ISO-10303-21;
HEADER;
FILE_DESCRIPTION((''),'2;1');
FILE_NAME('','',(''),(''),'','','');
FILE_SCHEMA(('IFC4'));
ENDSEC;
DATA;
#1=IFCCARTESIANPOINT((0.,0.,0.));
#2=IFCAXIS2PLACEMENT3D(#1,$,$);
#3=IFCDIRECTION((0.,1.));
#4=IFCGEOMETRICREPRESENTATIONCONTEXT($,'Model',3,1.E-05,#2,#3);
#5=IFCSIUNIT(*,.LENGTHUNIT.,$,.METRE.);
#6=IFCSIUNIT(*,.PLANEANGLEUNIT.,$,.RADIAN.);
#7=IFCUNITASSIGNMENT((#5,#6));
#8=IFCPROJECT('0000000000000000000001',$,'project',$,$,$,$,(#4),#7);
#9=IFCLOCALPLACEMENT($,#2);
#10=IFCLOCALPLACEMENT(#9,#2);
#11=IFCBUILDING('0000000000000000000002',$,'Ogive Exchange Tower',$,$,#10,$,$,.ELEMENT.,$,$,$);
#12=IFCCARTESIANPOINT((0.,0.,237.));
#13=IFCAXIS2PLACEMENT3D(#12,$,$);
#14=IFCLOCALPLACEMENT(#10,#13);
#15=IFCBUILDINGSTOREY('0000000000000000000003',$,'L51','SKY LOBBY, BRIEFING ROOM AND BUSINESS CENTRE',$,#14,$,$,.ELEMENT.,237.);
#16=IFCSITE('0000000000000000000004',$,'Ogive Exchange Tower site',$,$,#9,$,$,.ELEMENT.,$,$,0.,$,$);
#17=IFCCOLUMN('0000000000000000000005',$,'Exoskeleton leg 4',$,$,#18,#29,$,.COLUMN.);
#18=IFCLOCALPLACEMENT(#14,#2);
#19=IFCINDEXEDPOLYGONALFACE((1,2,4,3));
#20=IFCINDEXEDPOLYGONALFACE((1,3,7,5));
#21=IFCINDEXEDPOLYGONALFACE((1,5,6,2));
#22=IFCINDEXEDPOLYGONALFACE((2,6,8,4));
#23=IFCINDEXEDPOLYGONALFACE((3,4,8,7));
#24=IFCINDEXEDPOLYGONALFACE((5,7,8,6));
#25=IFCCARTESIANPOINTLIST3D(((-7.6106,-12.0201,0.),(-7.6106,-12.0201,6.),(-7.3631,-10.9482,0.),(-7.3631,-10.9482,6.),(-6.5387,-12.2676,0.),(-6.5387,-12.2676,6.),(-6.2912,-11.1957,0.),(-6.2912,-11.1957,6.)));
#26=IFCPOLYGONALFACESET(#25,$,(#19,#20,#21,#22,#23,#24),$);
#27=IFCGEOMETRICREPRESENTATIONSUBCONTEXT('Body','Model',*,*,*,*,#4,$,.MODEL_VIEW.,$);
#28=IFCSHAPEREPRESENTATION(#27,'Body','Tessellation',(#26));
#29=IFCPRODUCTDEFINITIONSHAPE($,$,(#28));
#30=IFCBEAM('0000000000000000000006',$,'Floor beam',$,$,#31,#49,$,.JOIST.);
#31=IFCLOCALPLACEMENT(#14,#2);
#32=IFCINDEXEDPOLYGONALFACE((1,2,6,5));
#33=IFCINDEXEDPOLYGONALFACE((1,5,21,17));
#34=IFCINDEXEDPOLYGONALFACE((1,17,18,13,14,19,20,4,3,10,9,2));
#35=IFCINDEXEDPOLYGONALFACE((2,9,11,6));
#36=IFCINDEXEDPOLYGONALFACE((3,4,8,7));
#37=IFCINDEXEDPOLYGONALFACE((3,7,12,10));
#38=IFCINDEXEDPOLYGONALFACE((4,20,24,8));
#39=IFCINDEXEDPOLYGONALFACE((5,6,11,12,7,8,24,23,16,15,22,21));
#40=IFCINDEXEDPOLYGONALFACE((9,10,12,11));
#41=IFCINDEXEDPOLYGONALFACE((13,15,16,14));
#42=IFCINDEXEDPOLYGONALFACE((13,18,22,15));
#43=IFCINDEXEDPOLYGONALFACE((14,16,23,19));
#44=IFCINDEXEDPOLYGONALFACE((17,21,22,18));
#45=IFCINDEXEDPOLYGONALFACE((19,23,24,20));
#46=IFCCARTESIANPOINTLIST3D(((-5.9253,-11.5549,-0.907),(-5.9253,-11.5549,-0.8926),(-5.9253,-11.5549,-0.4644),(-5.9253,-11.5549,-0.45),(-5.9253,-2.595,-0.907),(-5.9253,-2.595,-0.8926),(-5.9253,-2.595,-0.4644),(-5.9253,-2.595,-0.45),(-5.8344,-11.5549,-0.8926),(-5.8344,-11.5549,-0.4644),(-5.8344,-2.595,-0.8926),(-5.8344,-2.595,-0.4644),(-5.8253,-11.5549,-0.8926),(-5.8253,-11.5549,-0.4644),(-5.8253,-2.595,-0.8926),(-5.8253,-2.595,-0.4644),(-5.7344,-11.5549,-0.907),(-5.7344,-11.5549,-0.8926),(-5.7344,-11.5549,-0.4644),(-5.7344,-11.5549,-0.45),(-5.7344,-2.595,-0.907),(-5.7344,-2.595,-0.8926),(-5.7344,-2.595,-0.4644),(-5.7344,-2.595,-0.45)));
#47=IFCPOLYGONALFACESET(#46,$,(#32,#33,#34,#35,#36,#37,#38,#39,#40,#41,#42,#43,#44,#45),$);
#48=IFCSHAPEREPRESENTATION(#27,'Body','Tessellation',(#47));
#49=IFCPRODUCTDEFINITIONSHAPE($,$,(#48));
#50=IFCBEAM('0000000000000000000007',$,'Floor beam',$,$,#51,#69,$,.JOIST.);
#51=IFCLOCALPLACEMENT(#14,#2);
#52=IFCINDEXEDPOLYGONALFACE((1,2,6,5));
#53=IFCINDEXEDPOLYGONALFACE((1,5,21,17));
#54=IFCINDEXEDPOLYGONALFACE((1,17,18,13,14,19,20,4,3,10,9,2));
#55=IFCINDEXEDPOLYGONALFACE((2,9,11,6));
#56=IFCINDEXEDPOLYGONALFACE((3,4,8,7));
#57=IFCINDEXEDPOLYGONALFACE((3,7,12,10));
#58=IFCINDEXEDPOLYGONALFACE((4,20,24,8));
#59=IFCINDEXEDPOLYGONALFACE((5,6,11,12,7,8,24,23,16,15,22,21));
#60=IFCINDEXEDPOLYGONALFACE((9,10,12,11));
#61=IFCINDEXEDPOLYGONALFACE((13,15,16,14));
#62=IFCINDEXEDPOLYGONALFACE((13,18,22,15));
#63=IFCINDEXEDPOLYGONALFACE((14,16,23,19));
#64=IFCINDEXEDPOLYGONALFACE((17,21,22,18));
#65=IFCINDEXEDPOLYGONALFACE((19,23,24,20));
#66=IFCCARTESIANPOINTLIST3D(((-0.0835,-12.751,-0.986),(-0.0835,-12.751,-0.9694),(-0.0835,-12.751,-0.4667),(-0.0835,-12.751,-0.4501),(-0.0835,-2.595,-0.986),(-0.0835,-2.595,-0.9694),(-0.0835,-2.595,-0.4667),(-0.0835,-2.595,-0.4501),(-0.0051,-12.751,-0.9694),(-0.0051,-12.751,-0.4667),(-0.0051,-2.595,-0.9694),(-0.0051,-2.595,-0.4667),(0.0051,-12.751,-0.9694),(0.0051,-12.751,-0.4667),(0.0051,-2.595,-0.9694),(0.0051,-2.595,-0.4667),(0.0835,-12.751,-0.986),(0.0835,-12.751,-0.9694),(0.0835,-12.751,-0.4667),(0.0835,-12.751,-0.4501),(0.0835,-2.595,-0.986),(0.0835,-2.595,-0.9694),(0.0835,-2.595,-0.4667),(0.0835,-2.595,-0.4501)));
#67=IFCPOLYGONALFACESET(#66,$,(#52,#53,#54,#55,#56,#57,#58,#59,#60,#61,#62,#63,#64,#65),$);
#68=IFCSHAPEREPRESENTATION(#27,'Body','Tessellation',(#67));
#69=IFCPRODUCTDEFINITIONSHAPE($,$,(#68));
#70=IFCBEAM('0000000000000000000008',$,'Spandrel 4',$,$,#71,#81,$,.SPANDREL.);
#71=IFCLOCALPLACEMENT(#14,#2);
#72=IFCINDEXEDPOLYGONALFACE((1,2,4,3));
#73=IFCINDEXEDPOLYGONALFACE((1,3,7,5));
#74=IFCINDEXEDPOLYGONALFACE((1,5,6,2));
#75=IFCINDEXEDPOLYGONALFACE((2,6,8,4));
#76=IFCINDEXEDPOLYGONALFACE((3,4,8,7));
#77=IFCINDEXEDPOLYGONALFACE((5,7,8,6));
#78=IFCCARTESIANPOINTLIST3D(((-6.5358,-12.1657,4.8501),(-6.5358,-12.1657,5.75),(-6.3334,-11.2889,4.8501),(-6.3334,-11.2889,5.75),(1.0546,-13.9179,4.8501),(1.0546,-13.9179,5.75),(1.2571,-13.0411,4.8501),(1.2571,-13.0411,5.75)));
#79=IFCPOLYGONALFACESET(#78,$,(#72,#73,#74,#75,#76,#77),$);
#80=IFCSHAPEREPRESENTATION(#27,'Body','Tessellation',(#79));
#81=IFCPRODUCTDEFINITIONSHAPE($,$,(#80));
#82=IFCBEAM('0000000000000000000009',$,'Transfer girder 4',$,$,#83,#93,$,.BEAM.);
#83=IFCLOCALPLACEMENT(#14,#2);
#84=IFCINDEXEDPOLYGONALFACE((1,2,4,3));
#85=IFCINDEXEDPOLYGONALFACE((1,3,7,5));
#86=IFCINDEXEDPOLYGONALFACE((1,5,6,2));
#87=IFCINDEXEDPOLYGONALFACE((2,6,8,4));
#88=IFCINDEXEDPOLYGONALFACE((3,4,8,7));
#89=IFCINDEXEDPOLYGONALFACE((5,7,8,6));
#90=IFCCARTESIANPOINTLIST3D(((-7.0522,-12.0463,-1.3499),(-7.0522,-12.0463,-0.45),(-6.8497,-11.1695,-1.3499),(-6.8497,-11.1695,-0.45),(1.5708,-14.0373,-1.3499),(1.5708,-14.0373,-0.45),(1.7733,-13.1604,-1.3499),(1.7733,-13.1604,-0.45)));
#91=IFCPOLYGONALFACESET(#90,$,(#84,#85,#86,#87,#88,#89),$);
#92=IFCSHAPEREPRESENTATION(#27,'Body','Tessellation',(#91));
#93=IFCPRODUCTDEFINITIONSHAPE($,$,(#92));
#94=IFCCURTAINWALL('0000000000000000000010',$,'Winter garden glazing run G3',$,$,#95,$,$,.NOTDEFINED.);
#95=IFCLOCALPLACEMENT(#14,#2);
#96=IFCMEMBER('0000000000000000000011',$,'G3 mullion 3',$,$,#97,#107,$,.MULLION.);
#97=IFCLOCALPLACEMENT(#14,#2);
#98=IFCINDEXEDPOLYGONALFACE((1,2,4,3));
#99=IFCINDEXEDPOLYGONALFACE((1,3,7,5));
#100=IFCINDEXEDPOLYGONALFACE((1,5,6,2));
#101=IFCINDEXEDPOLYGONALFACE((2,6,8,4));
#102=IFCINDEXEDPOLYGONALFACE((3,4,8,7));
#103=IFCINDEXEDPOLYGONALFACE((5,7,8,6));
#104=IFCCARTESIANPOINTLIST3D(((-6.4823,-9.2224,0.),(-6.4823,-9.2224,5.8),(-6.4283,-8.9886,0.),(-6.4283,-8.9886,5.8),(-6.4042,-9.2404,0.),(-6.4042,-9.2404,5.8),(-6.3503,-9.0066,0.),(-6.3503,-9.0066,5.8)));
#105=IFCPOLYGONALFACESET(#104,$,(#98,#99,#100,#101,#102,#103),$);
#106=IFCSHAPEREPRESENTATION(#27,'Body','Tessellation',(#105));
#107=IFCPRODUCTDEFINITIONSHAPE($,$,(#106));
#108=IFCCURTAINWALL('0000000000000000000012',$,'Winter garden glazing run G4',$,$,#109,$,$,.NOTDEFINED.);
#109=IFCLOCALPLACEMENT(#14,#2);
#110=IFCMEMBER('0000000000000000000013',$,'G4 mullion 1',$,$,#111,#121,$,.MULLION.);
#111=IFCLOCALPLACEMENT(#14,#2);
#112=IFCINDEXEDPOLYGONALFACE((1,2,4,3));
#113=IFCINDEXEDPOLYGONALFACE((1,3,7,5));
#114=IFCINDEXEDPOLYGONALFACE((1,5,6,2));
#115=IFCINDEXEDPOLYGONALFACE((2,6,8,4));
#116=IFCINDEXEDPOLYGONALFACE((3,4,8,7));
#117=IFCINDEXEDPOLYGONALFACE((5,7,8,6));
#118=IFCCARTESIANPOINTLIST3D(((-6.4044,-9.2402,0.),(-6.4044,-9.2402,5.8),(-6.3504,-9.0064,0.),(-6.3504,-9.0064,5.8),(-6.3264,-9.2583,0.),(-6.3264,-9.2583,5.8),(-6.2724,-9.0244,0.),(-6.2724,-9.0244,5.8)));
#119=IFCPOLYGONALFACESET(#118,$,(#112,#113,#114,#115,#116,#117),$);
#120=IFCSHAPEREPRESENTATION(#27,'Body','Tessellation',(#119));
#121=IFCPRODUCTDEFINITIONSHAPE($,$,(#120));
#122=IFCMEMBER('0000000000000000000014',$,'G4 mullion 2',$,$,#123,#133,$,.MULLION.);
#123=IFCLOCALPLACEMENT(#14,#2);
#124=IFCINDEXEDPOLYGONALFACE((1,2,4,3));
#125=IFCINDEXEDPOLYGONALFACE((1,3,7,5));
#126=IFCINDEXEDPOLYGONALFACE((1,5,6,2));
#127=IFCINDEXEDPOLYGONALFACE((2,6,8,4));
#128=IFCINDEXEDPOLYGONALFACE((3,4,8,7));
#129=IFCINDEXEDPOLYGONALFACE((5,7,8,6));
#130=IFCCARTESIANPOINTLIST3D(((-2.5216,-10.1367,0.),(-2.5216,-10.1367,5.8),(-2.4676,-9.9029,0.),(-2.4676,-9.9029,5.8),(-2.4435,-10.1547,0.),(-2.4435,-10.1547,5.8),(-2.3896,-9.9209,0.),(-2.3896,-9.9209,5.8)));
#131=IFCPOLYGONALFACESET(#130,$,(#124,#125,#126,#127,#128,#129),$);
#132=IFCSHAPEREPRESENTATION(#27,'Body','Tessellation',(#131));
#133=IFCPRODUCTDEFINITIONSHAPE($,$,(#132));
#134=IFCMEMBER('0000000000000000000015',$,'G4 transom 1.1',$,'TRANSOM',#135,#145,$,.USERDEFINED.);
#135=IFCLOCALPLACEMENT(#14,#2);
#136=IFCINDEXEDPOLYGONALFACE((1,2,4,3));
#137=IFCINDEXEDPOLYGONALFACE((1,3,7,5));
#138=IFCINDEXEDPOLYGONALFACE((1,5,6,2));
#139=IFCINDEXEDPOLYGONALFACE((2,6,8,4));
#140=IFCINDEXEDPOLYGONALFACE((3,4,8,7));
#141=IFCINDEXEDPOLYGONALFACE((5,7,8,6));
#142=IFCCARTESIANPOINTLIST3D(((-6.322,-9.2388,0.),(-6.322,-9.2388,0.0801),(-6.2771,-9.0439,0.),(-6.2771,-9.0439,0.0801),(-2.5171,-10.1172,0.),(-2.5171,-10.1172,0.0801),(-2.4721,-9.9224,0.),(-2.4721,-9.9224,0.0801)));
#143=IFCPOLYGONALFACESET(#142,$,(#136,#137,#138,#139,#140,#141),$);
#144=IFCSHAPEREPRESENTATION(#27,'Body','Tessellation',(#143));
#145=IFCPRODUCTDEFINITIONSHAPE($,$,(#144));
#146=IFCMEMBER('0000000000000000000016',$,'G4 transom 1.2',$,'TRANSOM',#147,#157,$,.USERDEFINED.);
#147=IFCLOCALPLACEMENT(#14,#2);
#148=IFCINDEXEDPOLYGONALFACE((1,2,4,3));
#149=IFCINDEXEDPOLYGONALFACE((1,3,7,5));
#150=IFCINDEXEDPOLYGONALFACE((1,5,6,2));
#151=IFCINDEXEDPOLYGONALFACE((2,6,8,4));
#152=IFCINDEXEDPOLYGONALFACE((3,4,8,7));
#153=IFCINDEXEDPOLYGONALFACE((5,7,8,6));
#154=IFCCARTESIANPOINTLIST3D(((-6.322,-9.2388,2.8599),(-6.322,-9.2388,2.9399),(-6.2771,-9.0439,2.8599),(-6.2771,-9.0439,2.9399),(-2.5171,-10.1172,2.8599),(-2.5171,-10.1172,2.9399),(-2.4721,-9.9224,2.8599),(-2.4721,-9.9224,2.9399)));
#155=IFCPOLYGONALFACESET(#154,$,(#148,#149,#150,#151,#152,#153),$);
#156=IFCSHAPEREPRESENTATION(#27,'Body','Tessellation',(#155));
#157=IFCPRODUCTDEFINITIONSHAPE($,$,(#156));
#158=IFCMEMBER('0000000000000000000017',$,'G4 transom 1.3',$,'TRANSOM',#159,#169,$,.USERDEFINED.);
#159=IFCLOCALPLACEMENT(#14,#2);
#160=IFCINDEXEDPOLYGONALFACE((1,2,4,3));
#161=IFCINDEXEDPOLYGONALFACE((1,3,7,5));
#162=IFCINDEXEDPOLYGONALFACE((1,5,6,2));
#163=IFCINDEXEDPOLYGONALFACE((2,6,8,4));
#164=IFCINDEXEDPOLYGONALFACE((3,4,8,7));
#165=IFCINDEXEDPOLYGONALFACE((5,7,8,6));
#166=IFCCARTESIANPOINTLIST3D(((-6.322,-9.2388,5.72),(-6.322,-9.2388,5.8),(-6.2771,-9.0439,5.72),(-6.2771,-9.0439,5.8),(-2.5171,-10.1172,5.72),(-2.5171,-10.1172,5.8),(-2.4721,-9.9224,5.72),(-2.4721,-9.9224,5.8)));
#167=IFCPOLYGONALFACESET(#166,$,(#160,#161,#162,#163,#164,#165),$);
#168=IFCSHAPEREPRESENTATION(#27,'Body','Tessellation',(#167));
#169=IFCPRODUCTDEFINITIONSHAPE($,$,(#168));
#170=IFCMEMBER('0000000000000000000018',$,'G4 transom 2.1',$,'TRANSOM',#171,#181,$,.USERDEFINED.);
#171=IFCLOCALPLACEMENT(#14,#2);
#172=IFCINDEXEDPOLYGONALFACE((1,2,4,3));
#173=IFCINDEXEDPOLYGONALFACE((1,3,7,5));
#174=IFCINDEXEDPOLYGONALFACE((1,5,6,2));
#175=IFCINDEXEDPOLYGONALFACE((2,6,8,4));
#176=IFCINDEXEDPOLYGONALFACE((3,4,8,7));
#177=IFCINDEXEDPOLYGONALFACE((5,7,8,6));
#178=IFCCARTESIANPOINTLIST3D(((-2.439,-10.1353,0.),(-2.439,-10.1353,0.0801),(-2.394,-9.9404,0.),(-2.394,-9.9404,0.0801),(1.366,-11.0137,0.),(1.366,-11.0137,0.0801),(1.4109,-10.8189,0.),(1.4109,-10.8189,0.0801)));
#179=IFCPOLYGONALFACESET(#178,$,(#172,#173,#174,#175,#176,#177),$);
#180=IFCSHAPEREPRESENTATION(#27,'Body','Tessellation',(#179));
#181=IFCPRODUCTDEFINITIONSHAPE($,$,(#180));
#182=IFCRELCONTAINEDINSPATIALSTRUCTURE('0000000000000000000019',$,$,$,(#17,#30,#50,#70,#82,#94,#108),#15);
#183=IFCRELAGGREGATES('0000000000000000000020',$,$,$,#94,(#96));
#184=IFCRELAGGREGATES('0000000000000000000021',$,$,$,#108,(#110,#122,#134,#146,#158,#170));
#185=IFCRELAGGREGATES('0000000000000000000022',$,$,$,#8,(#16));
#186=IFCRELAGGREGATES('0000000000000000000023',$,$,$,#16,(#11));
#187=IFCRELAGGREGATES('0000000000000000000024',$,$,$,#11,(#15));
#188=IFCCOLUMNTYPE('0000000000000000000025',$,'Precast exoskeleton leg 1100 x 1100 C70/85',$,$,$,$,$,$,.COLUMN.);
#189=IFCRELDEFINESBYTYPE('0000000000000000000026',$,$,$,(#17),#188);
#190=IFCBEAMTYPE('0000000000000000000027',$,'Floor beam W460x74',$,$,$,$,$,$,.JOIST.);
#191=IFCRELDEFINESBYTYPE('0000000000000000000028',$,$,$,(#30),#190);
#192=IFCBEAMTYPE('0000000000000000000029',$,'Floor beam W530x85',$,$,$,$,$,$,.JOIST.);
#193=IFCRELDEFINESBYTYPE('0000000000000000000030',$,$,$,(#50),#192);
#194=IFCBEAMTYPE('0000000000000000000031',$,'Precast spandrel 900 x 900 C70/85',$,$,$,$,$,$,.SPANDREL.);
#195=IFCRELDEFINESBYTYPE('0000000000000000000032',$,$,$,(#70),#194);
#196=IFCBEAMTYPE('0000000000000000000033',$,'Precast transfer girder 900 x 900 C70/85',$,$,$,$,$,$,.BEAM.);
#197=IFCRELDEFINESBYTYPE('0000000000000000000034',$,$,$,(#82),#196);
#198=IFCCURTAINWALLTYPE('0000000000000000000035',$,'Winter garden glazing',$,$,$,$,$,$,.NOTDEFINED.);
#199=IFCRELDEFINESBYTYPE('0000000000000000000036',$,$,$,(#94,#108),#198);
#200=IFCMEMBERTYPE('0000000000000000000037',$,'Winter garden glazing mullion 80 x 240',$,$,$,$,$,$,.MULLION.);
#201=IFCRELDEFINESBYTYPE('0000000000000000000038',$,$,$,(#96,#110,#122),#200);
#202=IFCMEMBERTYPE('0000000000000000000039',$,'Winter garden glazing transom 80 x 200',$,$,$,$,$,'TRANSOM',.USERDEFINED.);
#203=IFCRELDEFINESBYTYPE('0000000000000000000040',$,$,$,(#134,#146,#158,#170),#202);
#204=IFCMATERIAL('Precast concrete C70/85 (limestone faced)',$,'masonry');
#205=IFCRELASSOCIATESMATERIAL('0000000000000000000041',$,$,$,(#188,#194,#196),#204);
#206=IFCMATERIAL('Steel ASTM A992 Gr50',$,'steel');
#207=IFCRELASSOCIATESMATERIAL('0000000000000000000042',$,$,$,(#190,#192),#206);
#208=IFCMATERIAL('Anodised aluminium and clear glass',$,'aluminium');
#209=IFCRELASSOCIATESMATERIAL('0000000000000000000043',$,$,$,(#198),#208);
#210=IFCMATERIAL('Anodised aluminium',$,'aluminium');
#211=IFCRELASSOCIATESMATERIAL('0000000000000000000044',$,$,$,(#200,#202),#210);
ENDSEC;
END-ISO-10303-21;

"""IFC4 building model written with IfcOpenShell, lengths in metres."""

from ifc_helpers import new_model, si_unit, direction, frame, origin, origin_2d, place, context, subcontext, project, spatial, rectangle, i_section, extrude, material, material_profile, profile_set, type_object, element, aggregate, save


model = new_model("IFC4")

# Units and contexts
model_context = context("Model", 3, precision=1e-05, world=origin(), true_north=direction((0.0, 1.0)))
body_context = subcontext(model_context, "Body", "Model", "MODEL_VIEW")
ifc_project = project(units=[si_unit("LENGTHUNIT", "METRE"), si_unit("PLANEANGLEUNIT", "RADIAN")], contexts=[model_context])

# Site, building, storey
site_placement = place(None, origin())
site = spatial("IfcSite", under=ifc_project, at=site_placement, Name="Ogive Exchange Tower site", CompositionType="ELEMENT", RefElevation=0.0)
building_placement = place(site_placement, origin())
building = spatial("IfcBuilding", under=site, at=building_placement, Name="Ogive Exchange Tower", CompositionType="ELEMENT")
storey_placement = place(building_placement, frame((0.0, 0.0, 237.0)))
storey = spatial("IfcBuildingStorey", under=building, at=storey_placement, Name="L51", Description="SKY LOBBY, BRIEFING ROOM AND BUSINESS CENTRE", CompositionType="ELEMENT", Elevation=237.0)

# Column
ifc_material_1 = material(Name="Precast concrete C70/85 (limestone faced)", Category="masonry")
ifc_material_profile_1 = material_profile(ifc_material_1, rectangle(XDim=1.1001, YDim=1.1001, at=origin_2d()), Name="1100 x 1100")
ifc_profile_set_1 = profile_set([ifc_material_profile_1], Name="Precast concrete C70/85 (limestone faced)")
column_type = type_object("IfcColumnType", Name="Precast exoskeleton leg 1100 x 1100 C70/85", PredefinedType="COLUMN", material=ifc_profile_set_1)
column_placement = place(storey_placement, frame((-6.9509, -11.6079, 0.0), z_axis=(0.0, 0.0, 1.0), x_axis=(0.97437, -0.224951, 0.0)))
element("IfcColumn", 1, at=column_placement, inside=storey, type_object=column_type, Name="Exoskeleton leg 4", PredefinedType="COLUMN", context=body_context, shape_type="SweptSolid", body=[
    extrude(rectangle(XDim=1.1001, YDim=1.1001, at=origin_2d()), origin(), (0.0, 0.0, 1.0), 6.0),
])

# Beams
ifc_material_2 = material(Name="Steel ASTM A992 Gr50", Category="steel")
ifc_material_profile_2 = material_profile(ifc_material_2, i_section(OverallWidth=0.1909, OverallDepth=0.457, WebThickness=0.009, FlangeThickness=0.0144, at=origin_2d()), Name="W460x74")
ifc_profile_set_2 = profile_set([ifc_material_profile_2], Name="Steel ASTM A992 Gr50")
beam_type_1 = type_object("IfcBeamType", Name="Floor beam W460x74", PredefinedType="JOIST", material=ifc_profile_set_2)
beam_1_placement = place(storey_placement, frame((-5.8298, -11.5549, -0.6785), z_axis=(0.0, 1.0, 0.0), x_axis=(-1.0, 0.0, 0.0)))
element("IfcBeam", 2, at=beam_1_placement, inside=storey, type_object=beam_type_1, Name="Floor beam", PredefinedType="JOIST", context=body_context, shape_type="SweptSolid", body=[
    extrude(i_section(OverallWidth=0.1909, OverallDepth=0.457, WebThickness=0.009, FlangeThickness=0.0144, at=origin_2d()), origin(), (0.0, 0.0, 1.0), 8.96),
])
ifc_material_profile_3 = material_profile(ifc_material_2, i_section(OverallWidth=0.167, OverallDepth=0.5359, WebThickness=0.0103, FlangeThickness=0.0166, at=origin_2d()), Name="W530x85")
ifc_profile_set_3 = profile_set([ifc_material_profile_3], Name="Steel ASTM A992 Gr50")
beam_type_2 = type_object("IfcBeamType", Name="Floor beam W530x85", PredefinedType="JOIST", material=ifc_profile_set_3)
beam_2_placement = place(storey_placement, frame((0.0, -12.751, -0.718), z_axis=(0.0, 1.0, 0.0), x_axis=(-1.0, 0.0, 0.0)))
element("IfcBeam", 3, at=beam_2_placement, inside=storey, type_object=beam_type_2, Name="Floor beam", PredefinedType="JOIST", context=body_context, shape_type="SweptSolid", body=[
    extrude(i_section(OverallWidth=0.167, OverallDepth=0.5359, WebThickness=0.0103, FlangeThickness=0.0166, at=origin_2d()), origin(), (0.0, 0.0, 1.0), 10.156),
])
ifc_material_profile_4 = material_profile(ifc_material_1, rectangle(XDim=0.8999, YDim=0.8999, at=origin_2d()), Name="900 x 900")
ifc_profile_set_4 = profile_set([ifc_material_profile_4], Name="Precast concrete C70/85 (limestone faced)")
beam_type_3 = type_object("IfcBeamType", Name="Precast spandrel 900 x 900 C70/85", PredefinedType="SPANDREL", material=ifc_profile_set_4)
beam_3_placement = place(storey_placement, frame((-6.4346, -11.7273, 5.3), z_axis=(0.974375, -0.22493, 0.0), x_axis=(0.22493, 0.974375, 0.0)))
element("IfcBeam", 4, at=beam_3_placement, inside=storey, type_object=beam_type_3, Name="Spandrel 4", PredefinedType="SPANDREL", context=body_context, shape_type="SweptSolid", body=[
    extrude(rectangle(XDim=0.8999, YDim=0.8999, at=origin_2d()), origin(), (0.0, 0.0, 1.0), 7.79),
])
ifc_material_profile_5 = material_profile(ifc_material_1, rectangle(XDim=0.8999, YDim=0.8999, at=origin_2d()), Name="900 x 900")
ifc_profile_set_5 = profile_set([ifc_material_profile_5], Name="Precast concrete C70/85 (limestone faced)")
beam_type_4 = type_object("IfcBeamType", Name="Precast transfer girder 900 x 900 C70/85", PredefinedType="BEAM", material=ifc_profile_set_5)
beam_4_placement = place(storey_placement, frame((-6.9509, -11.6079, -0.8999), z_axis=(0.974366, -0.22497, 0.0), x_axis=(0.22497, 0.974366, 0.0)))
element("IfcBeam", 5, at=beam_4_placement, inside=storey, type_object=beam_type_4, Name="Transfer girder 4", PredefinedType="BEAM", context=body_context, shape_type="SweptSolid", body=[
    extrude(rectangle(XDim=0.8999, YDim=0.8999, at=origin_2d()), origin(), (0.0, 0.0, 1.0), 8.8499),
])

# Curtain wall, member
ifc_material_3 = material(Name="Anodised aluminium and clear glass", Category="aluminium")
curtain_wall_type = type_object("IfcCurtainWallType", Name="Winter garden glazing", PredefinedType="NOTDEFINED", material=ifc_material_3)
curtain_wall_1_placement = place(storey_placement, origin())
curtain_wall_1 = element("IfcCurtainWall", 6, at=curtain_wall_1_placement, inside=storey, type_object=curtain_wall_type, Name="Winter garden glazing run G3", PredefinedType="NOTDEFINED")
ifc_material_4 = material(Name="Anodised aluminium", Category="aluminium")
ifc_material_profile_6 = material_profile(ifc_material_4, rectangle(XDim=0.24, YDim=0.0801, at=origin_2d()), Name="AL 80x240")
ifc_profile_set_6 = profile_set([ifc_material_profile_6], Name="Anodised aluminium")
member_type_1 = type_object("IfcMemberType", Name="Winter garden glazing mullion 80 x 240", PredefinedType="MULLION", material=ifc_profile_set_6)
member_1_placement = place(storey_placement, frame((-6.4163, -9.1145, 0.0), z_axis=(0.0, 0.0, 1.0), x_axis=(0.224958, 0.974368, 0.0)))
member_1 = element("IfcMember", 7, at=member_1_placement, type_object=member_type_1, Name="G3 mullion 3", PredefinedType="MULLION", context=body_context, shape_type="SweptSolid", body=[
    extrude(rectangle(XDim=0.24, YDim=0.0801, at=origin_2d()), origin(), (0.0, 0.0, 1.0), 5.8),
])

# Curtain wall, members
curtain_wall_2_placement = place(storey_placement, origin())
curtain_wall_2 = element("IfcCurtainWall", 8, at=curtain_wall_2_placement, inside=storey, type_object=curtain_wall_type, Name="Winter garden glazing run G4", PredefinedType="NOTDEFINED")
member_2_placement = place(storey_placement, frame((-6.3384, -9.1323, 0.0), z_axis=(0.0, 0.0, 1.0), x_axis=(0.224944, 0.974372, 0.0)))
member_2 = element("IfcMember", 9, at=member_2_placement, type_object=member_type_1, Name="G4 mullion 1", PredefinedType="MULLION", context=body_context, shape_type="SweptSolid", body=[
    extrude(rectangle(XDim=0.24, YDim=0.0801, at=origin_2d()), origin(), (0.0, 0.0, 1.0), 5.8),
])
member_3_placement = place(storey_placement, frame((-2.4556, -10.0288, 0.0), z_axis=(0.0, 0.0, 1.0), x_axis=(0.224944, 0.974372, 0.0)))
member_3 = element("IfcMember", 10, at=member_3_placement, type_object=member_type_1, Name="G4 mullion 2", PredefinedType="MULLION", context=body_context, shape_type="SweptSolid", body=[
    extrude(rectangle(XDim=0.24, YDim=0.0801, at=origin_2d()), origin(), (0.0, 0.0, 1.0), 5.8),
])
ifc_material_profile_7 = material_profile(ifc_material_4, rectangle(XDim=0.2, YDim=0.0801, at=origin_2d()), Name="AL 80x200")
ifc_profile_set_7 = profile_set([ifc_material_profile_7], Name="Anodised aluminium")
member_type_2 = type_object("IfcMemberType", Name="Winter garden glazing transom 80 x 200", ElementType="TRANSOM", PredefinedType="USERDEFINED", material=ifc_profile_set_7)
member_4_placement = place(storey_placement, frame((-6.2996, -9.1414, 0.04), z_axis=(0.974371, -0.224946, 0.0), x_axis=(0.224946, 0.974371, 0.0)))
member_4 = element("IfcMember", 11, at=member_4_placement, type_object=member_type_2, Name="G4 transom 1.1", ObjectType="TRANSOM", PredefinedType="USERDEFINED", context=body_context, shape_type="SweptSolid", body=[
    extrude(rectangle(XDim=0.2, YDim=0.0801, at=origin_2d()), origin(), (0.0, 0.0, 1.0), 3.905),
])
member_5_placement = place(storey_placement, frame((-6.2996, -9.1414, 2.8999), z_axis=(0.974371, -0.224946, 0.0), x_axis=(0.224946, 0.974371, 0.0)))
member_5 = element("IfcMember", 12, at=member_5_placement, type_object=member_type_2, Name="G4 transom 1.2", ObjectType="TRANSOM", PredefinedType="USERDEFINED", context=body_context, shape_type="SweptSolid", body=[
    extrude(rectangle(XDim=0.2, YDim=0.0801, at=origin_2d()), origin(), (0.0, 0.0, 1.0), 3.905),
])
member_6_placement = place(storey_placement, frame((-6.2996, -9.1414, 5.76), z_axis=(0.974371, -0.224946, 0.0), x_axis=(0.224946, 0.974371, 0.0)))
member_6 = element("IfcMember", 13, at=member_6_placement, type_object=member_type_2, Name="G4 transom 1.3", ObjectType="TRANSOM", PredefinedType="USERDEFINED", context=body_context, shape_type="SweptSolid", body=[
    extrude(rectangle(XDim=0.2, YDim=0.0801, at=origin_2d()), origin(), (0.0, 0.0, 1.0), 3.905),
])
member_7_placement = place(storey_placement, frame((-2.4165, -10.0378, 0.04), z_axis=(0.974371, -0.224946, 0.0), x_axis=(0.224946, 0.974371, 0.0)))
member_7 = element("IfcMember", 14, at=member_7_placement, type_object=member_type_2, Name="G4 transom 2.1", ObjectType="TRANSOM", PredefinedType="USERDEFINED", context=body_context, shape_type="SweptSolid", body=[
    extrude(rectangle(XDim=0.2, YDim=0.0801, at=origin_2d()), origin(), (0.0, 0.0, 1.0), 3.905),
])

aggregate(curtain_wall_1, [member_1])
aggregate(curtain_wall_2, [member_2, member_3, member_4, member_5, member_6, member_7])

save(model, "model.ifc")
